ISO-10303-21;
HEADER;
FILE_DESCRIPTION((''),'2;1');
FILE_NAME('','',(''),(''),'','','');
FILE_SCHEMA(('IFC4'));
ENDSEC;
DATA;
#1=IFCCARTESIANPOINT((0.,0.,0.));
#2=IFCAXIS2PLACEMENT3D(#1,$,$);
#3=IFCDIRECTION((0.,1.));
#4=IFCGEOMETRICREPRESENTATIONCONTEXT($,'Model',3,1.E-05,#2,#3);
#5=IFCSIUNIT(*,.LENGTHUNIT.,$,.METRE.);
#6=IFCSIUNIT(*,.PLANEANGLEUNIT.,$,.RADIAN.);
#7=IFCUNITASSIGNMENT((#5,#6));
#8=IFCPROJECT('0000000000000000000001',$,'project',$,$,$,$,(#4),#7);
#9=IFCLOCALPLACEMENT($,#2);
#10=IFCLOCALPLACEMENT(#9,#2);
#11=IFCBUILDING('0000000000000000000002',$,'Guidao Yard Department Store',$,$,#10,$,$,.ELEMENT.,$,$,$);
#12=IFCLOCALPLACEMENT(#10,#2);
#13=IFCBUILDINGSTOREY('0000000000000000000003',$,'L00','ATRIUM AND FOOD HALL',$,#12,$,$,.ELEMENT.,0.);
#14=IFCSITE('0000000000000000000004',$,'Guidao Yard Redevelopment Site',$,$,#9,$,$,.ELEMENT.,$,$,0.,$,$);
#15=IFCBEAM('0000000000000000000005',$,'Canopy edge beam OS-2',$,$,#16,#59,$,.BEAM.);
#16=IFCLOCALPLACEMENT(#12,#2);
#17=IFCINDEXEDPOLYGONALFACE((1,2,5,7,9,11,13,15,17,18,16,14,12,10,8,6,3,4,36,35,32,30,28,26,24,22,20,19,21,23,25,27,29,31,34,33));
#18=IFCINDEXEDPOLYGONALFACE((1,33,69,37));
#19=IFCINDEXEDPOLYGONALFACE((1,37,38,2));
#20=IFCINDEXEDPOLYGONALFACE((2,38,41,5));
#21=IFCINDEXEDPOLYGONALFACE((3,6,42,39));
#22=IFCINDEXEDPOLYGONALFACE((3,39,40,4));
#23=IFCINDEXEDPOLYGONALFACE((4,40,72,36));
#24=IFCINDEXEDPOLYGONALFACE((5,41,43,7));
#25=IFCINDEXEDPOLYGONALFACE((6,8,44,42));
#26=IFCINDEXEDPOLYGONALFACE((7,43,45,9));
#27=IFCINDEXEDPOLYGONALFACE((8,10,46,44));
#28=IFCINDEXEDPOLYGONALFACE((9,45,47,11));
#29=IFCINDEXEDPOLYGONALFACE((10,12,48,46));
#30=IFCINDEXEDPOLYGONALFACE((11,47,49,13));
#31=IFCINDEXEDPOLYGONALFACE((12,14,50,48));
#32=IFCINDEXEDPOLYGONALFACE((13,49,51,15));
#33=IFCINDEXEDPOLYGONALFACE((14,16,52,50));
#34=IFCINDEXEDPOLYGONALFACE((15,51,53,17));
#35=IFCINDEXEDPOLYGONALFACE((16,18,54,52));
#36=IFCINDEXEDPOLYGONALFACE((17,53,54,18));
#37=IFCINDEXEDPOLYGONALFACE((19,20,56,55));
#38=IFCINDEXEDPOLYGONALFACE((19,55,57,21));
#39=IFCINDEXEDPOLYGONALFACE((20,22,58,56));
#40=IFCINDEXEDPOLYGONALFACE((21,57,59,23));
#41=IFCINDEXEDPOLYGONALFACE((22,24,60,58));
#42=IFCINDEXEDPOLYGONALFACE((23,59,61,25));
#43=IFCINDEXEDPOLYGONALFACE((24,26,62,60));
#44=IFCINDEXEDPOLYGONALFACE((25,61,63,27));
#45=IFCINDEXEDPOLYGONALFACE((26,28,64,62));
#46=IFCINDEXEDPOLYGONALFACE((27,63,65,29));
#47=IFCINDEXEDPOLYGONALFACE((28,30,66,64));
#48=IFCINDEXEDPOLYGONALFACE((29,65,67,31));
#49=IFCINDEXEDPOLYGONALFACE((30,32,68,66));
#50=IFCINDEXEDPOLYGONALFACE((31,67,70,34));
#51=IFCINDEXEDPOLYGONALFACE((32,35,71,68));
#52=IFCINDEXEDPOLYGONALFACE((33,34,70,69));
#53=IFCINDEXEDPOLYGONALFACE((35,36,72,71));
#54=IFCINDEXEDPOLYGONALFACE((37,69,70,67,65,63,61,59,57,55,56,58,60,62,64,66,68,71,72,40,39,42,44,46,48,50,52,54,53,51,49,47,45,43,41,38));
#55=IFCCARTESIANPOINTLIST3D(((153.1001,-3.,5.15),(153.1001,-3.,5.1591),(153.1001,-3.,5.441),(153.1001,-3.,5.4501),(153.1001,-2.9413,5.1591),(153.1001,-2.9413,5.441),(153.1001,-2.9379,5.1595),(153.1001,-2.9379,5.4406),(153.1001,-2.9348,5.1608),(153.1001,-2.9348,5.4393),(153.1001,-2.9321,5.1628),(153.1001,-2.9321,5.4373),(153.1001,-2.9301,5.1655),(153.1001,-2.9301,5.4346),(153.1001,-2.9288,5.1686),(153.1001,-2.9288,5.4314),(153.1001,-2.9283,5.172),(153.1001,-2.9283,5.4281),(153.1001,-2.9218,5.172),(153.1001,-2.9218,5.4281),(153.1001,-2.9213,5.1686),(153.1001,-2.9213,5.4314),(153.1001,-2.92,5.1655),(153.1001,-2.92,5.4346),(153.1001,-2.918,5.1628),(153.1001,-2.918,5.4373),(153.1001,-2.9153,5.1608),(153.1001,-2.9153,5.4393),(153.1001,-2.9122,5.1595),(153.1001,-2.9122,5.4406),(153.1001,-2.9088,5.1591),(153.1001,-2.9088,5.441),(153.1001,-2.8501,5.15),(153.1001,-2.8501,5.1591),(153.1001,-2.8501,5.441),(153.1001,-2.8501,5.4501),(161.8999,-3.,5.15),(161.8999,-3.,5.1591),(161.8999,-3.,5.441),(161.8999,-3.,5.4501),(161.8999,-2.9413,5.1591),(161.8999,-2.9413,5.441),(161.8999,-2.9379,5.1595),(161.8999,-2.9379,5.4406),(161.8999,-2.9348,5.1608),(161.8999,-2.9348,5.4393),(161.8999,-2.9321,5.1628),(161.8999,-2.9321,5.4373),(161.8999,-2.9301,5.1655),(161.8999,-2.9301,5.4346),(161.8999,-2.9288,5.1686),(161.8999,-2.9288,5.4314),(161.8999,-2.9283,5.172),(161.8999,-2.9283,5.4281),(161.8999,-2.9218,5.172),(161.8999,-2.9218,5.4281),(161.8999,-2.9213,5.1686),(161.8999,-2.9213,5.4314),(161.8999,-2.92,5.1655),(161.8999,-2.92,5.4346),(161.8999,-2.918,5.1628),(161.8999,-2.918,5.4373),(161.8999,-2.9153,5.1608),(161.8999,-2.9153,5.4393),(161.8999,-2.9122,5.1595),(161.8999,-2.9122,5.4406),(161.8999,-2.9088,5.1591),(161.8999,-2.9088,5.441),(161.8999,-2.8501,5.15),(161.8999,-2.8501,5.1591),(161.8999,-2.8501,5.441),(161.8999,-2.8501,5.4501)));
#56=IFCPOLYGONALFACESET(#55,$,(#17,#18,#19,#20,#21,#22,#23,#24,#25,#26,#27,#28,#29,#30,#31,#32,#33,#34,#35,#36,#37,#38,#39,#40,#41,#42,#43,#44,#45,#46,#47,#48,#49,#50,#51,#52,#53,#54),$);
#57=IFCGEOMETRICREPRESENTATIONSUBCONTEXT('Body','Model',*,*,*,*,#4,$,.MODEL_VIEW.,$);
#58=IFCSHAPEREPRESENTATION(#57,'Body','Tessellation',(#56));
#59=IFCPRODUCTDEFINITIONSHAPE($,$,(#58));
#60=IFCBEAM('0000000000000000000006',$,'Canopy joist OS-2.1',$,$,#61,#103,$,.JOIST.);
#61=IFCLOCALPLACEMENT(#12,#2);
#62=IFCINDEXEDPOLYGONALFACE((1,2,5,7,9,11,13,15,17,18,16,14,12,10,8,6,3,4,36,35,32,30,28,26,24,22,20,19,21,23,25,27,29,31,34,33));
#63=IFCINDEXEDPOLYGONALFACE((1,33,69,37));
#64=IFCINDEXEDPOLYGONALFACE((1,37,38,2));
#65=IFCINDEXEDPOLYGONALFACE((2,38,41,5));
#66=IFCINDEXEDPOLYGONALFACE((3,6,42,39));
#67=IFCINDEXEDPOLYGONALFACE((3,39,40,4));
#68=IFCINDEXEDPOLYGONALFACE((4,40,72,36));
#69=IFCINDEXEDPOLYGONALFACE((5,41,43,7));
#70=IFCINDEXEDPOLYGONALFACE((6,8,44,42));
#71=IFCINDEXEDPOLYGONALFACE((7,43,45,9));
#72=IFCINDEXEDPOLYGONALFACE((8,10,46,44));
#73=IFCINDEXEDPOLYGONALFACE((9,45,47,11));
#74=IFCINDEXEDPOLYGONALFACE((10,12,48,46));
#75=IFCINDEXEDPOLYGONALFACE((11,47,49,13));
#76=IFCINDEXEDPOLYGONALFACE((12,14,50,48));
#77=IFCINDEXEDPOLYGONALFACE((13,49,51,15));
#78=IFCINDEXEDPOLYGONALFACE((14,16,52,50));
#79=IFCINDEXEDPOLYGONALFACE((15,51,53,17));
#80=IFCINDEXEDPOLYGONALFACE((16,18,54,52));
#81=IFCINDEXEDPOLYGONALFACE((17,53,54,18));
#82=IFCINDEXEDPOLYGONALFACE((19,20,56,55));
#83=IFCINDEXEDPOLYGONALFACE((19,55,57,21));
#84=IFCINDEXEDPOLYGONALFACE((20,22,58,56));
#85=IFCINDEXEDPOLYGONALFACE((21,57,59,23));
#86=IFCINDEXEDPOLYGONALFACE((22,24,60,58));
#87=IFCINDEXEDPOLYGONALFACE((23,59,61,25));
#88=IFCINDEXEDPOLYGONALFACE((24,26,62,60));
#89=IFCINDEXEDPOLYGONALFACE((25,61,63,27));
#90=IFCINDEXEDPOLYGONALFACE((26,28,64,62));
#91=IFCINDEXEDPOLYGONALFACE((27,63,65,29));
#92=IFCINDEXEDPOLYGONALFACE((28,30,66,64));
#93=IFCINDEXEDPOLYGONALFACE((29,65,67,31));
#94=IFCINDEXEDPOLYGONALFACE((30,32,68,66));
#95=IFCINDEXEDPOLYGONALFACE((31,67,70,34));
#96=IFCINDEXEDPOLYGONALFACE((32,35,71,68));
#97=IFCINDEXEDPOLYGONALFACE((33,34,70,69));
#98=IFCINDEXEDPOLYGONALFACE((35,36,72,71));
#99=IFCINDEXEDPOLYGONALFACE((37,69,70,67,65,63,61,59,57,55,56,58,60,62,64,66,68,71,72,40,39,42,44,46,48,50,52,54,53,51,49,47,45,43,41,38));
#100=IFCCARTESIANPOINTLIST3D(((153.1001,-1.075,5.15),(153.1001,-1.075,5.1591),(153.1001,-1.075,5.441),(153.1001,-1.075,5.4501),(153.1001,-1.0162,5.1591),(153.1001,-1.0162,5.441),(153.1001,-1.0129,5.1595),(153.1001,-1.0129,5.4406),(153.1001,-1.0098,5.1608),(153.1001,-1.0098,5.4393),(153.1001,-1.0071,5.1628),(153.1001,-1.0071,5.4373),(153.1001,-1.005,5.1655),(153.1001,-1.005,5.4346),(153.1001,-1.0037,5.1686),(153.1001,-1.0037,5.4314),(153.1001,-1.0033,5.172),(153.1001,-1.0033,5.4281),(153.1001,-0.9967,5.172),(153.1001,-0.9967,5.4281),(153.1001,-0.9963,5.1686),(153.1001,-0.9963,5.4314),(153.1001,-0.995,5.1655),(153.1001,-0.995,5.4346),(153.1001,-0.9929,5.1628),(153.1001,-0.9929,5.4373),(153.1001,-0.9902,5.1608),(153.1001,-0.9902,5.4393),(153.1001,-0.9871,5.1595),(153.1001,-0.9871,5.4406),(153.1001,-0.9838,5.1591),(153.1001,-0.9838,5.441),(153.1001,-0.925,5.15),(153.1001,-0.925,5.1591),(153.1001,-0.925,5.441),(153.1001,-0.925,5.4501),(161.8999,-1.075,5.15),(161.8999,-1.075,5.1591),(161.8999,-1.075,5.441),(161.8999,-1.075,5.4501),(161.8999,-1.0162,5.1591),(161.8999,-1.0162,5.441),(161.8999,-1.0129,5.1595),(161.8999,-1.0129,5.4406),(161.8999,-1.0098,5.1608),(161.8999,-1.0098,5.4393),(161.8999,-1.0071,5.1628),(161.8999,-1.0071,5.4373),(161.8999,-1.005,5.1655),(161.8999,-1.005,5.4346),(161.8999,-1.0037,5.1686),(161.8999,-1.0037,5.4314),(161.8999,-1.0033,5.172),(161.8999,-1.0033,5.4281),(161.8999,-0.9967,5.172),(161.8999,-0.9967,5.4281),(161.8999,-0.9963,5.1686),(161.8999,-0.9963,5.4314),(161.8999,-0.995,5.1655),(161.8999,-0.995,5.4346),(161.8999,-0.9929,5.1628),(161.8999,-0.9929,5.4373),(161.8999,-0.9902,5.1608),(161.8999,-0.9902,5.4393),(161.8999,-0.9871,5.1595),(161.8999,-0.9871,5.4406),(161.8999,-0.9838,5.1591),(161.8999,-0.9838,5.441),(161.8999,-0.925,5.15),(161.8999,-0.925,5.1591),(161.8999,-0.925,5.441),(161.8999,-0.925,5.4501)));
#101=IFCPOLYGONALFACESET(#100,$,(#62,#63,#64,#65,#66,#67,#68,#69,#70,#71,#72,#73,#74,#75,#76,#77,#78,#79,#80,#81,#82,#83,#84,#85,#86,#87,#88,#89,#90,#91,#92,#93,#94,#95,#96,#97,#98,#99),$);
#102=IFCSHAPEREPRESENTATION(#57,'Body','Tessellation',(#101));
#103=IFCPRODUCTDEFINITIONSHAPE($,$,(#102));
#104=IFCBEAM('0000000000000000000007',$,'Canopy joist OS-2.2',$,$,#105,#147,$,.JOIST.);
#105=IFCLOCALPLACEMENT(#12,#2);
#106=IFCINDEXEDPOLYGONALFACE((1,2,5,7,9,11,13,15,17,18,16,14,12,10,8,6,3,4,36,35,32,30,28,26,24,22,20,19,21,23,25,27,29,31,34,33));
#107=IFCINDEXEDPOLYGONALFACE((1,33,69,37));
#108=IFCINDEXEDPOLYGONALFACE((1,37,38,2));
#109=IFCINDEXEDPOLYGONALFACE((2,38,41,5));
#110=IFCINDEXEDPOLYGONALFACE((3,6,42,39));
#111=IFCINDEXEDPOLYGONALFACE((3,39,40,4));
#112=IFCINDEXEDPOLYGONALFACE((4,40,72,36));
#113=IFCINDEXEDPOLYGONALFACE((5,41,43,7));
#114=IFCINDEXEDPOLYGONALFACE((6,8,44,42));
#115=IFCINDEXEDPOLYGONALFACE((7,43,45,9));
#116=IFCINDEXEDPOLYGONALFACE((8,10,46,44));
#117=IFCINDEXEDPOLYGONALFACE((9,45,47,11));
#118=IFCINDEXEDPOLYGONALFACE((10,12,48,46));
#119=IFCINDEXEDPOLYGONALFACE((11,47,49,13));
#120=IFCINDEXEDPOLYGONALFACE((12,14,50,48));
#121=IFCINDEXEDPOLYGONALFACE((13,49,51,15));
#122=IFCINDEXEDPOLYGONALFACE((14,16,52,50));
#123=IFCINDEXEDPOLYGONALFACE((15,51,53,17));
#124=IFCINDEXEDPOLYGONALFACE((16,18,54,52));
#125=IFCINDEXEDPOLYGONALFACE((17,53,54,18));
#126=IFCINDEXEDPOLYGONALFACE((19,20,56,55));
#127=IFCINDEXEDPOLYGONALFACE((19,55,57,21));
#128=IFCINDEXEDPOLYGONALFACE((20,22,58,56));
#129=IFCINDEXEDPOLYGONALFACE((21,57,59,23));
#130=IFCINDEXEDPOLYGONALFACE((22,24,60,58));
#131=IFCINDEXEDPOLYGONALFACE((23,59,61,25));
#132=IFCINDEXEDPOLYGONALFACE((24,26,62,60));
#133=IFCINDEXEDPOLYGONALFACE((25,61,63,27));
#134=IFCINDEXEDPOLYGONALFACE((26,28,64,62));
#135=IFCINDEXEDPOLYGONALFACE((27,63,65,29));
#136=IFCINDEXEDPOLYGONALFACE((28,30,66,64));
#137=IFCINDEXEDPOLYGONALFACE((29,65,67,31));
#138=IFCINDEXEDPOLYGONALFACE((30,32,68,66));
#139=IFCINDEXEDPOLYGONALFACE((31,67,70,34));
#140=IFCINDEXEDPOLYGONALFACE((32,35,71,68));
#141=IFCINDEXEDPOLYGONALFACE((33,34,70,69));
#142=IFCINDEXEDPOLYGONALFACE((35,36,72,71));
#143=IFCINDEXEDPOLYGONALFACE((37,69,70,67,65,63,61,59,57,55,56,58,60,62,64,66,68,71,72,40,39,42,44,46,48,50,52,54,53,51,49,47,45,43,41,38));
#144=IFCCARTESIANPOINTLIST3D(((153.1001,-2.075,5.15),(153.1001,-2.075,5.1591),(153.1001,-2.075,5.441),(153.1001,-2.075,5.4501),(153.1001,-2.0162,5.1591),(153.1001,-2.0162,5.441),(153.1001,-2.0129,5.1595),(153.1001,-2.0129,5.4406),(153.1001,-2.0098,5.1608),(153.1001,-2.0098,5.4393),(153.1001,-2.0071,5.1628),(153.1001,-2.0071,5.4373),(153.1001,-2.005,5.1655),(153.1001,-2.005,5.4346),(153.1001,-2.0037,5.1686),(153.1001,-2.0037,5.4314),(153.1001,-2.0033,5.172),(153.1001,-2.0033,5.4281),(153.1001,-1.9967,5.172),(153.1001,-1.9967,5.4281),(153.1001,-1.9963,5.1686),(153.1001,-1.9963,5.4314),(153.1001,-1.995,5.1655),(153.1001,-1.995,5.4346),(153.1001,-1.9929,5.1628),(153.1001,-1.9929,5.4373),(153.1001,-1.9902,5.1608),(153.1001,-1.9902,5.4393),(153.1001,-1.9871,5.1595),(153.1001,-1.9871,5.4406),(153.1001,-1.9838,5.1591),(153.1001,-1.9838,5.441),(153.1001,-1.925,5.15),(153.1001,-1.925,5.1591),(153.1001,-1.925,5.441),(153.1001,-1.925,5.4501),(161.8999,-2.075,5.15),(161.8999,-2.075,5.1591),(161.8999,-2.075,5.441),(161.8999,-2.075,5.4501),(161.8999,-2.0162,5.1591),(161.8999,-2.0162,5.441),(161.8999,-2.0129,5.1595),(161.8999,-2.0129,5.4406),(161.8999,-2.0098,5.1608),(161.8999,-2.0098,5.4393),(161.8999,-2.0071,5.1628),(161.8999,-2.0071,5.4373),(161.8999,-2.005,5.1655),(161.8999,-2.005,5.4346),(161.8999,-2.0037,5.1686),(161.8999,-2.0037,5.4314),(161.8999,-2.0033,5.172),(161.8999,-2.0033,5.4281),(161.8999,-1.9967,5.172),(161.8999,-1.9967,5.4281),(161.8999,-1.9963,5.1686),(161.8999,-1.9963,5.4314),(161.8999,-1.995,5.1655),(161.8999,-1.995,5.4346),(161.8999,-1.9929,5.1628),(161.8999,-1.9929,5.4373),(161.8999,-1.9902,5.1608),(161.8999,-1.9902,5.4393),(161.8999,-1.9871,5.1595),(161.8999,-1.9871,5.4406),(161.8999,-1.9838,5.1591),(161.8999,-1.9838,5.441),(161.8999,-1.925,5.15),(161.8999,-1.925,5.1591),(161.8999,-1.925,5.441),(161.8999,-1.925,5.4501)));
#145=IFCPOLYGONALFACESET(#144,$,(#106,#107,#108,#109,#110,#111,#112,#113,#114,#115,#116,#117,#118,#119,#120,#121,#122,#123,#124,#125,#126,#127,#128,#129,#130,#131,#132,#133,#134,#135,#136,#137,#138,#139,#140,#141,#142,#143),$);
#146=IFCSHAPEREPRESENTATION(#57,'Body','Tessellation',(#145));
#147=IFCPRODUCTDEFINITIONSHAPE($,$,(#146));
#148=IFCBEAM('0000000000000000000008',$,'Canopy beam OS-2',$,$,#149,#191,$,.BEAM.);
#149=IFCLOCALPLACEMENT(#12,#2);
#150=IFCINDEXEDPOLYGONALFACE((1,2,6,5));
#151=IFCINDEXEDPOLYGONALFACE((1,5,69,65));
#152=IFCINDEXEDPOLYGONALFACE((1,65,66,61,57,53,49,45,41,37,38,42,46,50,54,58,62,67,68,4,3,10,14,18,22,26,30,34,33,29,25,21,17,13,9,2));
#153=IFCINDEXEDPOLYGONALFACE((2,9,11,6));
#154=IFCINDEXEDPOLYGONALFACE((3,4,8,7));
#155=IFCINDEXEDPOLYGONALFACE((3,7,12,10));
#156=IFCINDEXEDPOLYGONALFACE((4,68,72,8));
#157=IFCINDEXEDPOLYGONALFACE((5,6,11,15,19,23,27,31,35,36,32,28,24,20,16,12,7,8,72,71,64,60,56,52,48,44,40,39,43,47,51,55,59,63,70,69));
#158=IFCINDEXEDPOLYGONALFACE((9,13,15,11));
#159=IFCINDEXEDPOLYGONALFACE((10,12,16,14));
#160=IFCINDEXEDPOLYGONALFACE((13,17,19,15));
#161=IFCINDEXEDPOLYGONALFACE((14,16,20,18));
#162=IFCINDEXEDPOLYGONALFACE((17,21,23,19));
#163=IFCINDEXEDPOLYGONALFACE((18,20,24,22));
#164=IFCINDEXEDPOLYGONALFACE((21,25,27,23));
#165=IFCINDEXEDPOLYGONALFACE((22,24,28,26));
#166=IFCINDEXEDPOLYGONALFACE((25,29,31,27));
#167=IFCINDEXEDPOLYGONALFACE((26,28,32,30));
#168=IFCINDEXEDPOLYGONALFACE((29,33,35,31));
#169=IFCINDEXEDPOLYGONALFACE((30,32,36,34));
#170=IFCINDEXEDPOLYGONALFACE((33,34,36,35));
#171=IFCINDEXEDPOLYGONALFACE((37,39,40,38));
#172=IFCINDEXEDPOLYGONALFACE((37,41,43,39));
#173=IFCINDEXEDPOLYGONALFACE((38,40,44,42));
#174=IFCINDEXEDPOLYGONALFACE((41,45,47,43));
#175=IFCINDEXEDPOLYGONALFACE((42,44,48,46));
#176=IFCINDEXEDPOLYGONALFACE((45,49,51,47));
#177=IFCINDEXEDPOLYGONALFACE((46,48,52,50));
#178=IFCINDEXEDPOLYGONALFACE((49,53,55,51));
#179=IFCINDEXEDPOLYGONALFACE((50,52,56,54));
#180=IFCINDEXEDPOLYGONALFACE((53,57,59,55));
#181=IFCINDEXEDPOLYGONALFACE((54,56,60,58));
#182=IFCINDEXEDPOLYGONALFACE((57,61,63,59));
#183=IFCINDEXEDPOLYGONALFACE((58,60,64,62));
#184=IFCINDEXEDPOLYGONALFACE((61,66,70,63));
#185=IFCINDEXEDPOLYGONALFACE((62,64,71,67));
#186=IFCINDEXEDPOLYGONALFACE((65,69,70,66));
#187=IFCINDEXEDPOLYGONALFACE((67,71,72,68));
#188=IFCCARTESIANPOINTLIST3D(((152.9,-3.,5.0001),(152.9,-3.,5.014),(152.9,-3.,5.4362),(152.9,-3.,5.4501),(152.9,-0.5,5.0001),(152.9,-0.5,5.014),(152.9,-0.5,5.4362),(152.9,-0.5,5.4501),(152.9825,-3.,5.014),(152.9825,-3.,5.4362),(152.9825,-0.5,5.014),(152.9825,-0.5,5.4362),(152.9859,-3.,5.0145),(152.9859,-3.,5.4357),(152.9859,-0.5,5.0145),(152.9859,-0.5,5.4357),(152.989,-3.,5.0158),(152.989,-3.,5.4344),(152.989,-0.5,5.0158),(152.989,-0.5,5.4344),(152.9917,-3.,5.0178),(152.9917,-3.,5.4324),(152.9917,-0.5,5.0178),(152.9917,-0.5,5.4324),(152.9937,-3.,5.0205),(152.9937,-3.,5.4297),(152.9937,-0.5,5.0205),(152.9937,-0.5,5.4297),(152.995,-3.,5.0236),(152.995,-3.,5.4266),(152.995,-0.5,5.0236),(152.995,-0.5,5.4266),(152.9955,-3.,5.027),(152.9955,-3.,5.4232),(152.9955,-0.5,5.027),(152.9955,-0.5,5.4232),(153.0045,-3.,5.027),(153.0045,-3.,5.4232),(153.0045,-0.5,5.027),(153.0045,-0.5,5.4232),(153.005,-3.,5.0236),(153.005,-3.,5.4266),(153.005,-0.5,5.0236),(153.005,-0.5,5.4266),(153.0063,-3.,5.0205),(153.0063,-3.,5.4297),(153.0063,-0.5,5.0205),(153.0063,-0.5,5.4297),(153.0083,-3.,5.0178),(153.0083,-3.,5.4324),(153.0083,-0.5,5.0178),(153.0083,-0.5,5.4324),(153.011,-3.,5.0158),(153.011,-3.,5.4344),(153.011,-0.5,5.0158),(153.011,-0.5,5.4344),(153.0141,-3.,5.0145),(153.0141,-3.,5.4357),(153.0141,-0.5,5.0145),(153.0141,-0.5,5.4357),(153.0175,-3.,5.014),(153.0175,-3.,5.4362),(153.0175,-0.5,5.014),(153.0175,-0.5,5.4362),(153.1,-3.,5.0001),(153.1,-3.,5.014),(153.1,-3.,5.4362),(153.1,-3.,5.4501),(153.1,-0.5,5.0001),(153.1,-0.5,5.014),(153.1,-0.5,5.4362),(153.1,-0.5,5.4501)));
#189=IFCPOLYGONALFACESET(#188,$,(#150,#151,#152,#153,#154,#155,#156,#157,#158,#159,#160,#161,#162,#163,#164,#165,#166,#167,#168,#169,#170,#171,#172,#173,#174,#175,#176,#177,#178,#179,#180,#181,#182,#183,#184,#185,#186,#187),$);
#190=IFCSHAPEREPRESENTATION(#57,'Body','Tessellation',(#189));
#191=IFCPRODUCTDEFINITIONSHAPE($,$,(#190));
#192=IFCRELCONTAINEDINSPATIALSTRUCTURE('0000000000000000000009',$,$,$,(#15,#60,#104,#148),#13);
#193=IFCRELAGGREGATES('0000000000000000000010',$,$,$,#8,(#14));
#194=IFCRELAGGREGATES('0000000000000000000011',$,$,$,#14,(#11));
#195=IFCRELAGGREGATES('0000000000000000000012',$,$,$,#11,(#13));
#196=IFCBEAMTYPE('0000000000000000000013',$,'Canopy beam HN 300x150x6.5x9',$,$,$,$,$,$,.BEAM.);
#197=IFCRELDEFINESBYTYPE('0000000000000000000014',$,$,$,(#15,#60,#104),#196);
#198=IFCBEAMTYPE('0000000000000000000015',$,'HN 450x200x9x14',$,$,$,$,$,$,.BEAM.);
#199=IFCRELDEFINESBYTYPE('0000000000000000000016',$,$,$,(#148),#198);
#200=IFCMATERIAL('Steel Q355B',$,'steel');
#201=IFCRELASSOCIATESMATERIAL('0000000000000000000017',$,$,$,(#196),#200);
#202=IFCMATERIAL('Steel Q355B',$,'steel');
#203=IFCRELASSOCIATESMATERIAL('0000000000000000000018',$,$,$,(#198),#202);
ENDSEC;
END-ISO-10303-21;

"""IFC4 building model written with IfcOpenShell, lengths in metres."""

from ifc_helpers import new_model, si_unit, direction, frame, origin, origin_2d, place, context, subcontext, project, spatial, i_section, extrude, material, material_profile, profile_set, type_object, element, save


model = new_model("IFC4")

# Units and contexts
model_context = context("Model", 3, precision=1e-05, world=origin(), true_north=direction((0.0, 1.0)))
body_context = subcontext(model_context, "Body", "Model", "MODEL_VIEW")
ifc_project = project(units=[si_unit("LENGTHUNIT", "METRE"), si_unit("PLANEANGLEUNIT", "RADIAN")], contexts=[model_context])

# Site, building, storey
site_placement = place(None, origin())
site = spatial("IfcSite", under=ifc_project, at=site_placement, Name="Guidao Yard Redevelopment Site", CompositionType="ELEMENT", RefElevation=0.0)
building_placement = place(site_placement, origin())
building = spatial("IfcBuilding", under=site, at=building_placement, Name="Guidao Yard Department Store", CompositionType="ELEMENT")
storey_placement = place(building_placement, origin())
storey = spatial("IfcBuildingStorey", under=building, at=storey_placement, Name="L00", Description="ATRIUM AND FOOD HALL", CompositionType="ELEMENT", Elevation=0.0)

# Beams
ifc_material_1 = material(Name="Steel Q355B", Category="steel")
ifc_material_profile_1 = material_profile(ifc_material_1, i_section(OverallWidth=0.1499, OverallDepth=0.3, WebThickness=0.0066, FlangeThickness=0.009, FilletRadius=0.0129, at=origin_2d()), Name="HN 300x150x6.5x9")
ifc_profile_set_1 = profile_set([ifc_material_profile_1], Name="Steel Q355B")
beam_type_1 = type_object("IfcBeamType", Name="Canopy beam HN 300x150x6.5x9", PredefinedType="BEAM", material=ifc_profile_set_1)
beam_placement = place(storey_placement, frame((153.1001, -2.925, 5.3), z_axis=(1.0, 0.0, 0.0), x_axis=(0.0, 1.0, 0.0)))
element("IfcBeam", 1, at=beam_placement, inside=storey, type_object=beam_type_1, Name="Canopy edge beam OS-2", PredefinedType="BEAM", context=body_context, shape_type="SweptSolid", body=[
    extrude(i_section(OverallWidth=0.1499, OverallDepth=0.3, WebThickness=0.0066, FlangeThickness=0.009, FilletRadius=0.0129, at=origin_2d()), origin(), (0.0, 0.0, 1.0), 8.7998),
])
for number, where, z_axis, x_axis, name in (
    (2, (153.1001, -1.0, 5.3), (1.0, 0.0, 0.0), (0.0, 1.0, 0.0), "Canopy joist OS-2.1"),
    (3, (153.1001, -2.0, 5.3), (1.0, 0.0, 0.0), (0.0, 1.0, 0.0), "Canopy joist OS-2.2"),
):
    element("IfcBeam", number, at=place(storey_placement, frame(where, z_axis=z_axis, x_axis=x_axis)), inside=storey, type_object=beam_type_1, Name=name, PredefinedType="JOIST", context=body_context, shape_type="SweptSolid", body=[
        extrude(i_section(OverallWidth=0.1499, OverallDepth=0.3, WebThickness=0.0066, FlangeThickness=0.009, FilletRadius=0.0129, at=origin_2d()), origin(), (0.0, 0.0, 1.0), 8.7998),
    ])
ifc_material_2 = material(Name="Steel Q355B", Category="steel")
ifc_material_profile_2 = material_profile(ifc_material_2, i_section(OverallWidth=0.2, OverallDepth=0.45, WebThickness=0.009, FlangeThickness=0.0139, FilletRadius=0.0129, at=origin_2d()), Name="HN 450x200x9x14")
ifc_profile_set_2 = profile_set([ifc_material_profile_2], Name="Steel Q355B")
beam_type_2 = type_object("IfcBeamType", Name="HN 450x200x9x14", PredefinedType="BEAM", material=ifc_profile_set_2)
for number, where, z_axis, x_axis, name in (
    (4, (153.0, -0.5, 5.2251), (0.0, -1.0, 0.0), (1.0, 0.0, 0.0), "Canopy beam OS-2"),
):
    element("IfcBeam", number, at=place(storey_placement, frame(where, z_axis=z_axis, x_axis=x_axis)), inside=storey, type_object=beam_type_2, Name=name, PredefinedType="BEAM", context=body_context, shape_type="SweptSolid", body=[
        extrude(i_section(OverallWidth=0.2, OverallDepth=0.45, WebThickness=0.009, FlangeThickness=0.0139, FilletRadius=0.0129, at=origin_2d()), origin(), (0.0, 0.0, 1.0), 2.5),
    ])

save(model, "model.ifc")
